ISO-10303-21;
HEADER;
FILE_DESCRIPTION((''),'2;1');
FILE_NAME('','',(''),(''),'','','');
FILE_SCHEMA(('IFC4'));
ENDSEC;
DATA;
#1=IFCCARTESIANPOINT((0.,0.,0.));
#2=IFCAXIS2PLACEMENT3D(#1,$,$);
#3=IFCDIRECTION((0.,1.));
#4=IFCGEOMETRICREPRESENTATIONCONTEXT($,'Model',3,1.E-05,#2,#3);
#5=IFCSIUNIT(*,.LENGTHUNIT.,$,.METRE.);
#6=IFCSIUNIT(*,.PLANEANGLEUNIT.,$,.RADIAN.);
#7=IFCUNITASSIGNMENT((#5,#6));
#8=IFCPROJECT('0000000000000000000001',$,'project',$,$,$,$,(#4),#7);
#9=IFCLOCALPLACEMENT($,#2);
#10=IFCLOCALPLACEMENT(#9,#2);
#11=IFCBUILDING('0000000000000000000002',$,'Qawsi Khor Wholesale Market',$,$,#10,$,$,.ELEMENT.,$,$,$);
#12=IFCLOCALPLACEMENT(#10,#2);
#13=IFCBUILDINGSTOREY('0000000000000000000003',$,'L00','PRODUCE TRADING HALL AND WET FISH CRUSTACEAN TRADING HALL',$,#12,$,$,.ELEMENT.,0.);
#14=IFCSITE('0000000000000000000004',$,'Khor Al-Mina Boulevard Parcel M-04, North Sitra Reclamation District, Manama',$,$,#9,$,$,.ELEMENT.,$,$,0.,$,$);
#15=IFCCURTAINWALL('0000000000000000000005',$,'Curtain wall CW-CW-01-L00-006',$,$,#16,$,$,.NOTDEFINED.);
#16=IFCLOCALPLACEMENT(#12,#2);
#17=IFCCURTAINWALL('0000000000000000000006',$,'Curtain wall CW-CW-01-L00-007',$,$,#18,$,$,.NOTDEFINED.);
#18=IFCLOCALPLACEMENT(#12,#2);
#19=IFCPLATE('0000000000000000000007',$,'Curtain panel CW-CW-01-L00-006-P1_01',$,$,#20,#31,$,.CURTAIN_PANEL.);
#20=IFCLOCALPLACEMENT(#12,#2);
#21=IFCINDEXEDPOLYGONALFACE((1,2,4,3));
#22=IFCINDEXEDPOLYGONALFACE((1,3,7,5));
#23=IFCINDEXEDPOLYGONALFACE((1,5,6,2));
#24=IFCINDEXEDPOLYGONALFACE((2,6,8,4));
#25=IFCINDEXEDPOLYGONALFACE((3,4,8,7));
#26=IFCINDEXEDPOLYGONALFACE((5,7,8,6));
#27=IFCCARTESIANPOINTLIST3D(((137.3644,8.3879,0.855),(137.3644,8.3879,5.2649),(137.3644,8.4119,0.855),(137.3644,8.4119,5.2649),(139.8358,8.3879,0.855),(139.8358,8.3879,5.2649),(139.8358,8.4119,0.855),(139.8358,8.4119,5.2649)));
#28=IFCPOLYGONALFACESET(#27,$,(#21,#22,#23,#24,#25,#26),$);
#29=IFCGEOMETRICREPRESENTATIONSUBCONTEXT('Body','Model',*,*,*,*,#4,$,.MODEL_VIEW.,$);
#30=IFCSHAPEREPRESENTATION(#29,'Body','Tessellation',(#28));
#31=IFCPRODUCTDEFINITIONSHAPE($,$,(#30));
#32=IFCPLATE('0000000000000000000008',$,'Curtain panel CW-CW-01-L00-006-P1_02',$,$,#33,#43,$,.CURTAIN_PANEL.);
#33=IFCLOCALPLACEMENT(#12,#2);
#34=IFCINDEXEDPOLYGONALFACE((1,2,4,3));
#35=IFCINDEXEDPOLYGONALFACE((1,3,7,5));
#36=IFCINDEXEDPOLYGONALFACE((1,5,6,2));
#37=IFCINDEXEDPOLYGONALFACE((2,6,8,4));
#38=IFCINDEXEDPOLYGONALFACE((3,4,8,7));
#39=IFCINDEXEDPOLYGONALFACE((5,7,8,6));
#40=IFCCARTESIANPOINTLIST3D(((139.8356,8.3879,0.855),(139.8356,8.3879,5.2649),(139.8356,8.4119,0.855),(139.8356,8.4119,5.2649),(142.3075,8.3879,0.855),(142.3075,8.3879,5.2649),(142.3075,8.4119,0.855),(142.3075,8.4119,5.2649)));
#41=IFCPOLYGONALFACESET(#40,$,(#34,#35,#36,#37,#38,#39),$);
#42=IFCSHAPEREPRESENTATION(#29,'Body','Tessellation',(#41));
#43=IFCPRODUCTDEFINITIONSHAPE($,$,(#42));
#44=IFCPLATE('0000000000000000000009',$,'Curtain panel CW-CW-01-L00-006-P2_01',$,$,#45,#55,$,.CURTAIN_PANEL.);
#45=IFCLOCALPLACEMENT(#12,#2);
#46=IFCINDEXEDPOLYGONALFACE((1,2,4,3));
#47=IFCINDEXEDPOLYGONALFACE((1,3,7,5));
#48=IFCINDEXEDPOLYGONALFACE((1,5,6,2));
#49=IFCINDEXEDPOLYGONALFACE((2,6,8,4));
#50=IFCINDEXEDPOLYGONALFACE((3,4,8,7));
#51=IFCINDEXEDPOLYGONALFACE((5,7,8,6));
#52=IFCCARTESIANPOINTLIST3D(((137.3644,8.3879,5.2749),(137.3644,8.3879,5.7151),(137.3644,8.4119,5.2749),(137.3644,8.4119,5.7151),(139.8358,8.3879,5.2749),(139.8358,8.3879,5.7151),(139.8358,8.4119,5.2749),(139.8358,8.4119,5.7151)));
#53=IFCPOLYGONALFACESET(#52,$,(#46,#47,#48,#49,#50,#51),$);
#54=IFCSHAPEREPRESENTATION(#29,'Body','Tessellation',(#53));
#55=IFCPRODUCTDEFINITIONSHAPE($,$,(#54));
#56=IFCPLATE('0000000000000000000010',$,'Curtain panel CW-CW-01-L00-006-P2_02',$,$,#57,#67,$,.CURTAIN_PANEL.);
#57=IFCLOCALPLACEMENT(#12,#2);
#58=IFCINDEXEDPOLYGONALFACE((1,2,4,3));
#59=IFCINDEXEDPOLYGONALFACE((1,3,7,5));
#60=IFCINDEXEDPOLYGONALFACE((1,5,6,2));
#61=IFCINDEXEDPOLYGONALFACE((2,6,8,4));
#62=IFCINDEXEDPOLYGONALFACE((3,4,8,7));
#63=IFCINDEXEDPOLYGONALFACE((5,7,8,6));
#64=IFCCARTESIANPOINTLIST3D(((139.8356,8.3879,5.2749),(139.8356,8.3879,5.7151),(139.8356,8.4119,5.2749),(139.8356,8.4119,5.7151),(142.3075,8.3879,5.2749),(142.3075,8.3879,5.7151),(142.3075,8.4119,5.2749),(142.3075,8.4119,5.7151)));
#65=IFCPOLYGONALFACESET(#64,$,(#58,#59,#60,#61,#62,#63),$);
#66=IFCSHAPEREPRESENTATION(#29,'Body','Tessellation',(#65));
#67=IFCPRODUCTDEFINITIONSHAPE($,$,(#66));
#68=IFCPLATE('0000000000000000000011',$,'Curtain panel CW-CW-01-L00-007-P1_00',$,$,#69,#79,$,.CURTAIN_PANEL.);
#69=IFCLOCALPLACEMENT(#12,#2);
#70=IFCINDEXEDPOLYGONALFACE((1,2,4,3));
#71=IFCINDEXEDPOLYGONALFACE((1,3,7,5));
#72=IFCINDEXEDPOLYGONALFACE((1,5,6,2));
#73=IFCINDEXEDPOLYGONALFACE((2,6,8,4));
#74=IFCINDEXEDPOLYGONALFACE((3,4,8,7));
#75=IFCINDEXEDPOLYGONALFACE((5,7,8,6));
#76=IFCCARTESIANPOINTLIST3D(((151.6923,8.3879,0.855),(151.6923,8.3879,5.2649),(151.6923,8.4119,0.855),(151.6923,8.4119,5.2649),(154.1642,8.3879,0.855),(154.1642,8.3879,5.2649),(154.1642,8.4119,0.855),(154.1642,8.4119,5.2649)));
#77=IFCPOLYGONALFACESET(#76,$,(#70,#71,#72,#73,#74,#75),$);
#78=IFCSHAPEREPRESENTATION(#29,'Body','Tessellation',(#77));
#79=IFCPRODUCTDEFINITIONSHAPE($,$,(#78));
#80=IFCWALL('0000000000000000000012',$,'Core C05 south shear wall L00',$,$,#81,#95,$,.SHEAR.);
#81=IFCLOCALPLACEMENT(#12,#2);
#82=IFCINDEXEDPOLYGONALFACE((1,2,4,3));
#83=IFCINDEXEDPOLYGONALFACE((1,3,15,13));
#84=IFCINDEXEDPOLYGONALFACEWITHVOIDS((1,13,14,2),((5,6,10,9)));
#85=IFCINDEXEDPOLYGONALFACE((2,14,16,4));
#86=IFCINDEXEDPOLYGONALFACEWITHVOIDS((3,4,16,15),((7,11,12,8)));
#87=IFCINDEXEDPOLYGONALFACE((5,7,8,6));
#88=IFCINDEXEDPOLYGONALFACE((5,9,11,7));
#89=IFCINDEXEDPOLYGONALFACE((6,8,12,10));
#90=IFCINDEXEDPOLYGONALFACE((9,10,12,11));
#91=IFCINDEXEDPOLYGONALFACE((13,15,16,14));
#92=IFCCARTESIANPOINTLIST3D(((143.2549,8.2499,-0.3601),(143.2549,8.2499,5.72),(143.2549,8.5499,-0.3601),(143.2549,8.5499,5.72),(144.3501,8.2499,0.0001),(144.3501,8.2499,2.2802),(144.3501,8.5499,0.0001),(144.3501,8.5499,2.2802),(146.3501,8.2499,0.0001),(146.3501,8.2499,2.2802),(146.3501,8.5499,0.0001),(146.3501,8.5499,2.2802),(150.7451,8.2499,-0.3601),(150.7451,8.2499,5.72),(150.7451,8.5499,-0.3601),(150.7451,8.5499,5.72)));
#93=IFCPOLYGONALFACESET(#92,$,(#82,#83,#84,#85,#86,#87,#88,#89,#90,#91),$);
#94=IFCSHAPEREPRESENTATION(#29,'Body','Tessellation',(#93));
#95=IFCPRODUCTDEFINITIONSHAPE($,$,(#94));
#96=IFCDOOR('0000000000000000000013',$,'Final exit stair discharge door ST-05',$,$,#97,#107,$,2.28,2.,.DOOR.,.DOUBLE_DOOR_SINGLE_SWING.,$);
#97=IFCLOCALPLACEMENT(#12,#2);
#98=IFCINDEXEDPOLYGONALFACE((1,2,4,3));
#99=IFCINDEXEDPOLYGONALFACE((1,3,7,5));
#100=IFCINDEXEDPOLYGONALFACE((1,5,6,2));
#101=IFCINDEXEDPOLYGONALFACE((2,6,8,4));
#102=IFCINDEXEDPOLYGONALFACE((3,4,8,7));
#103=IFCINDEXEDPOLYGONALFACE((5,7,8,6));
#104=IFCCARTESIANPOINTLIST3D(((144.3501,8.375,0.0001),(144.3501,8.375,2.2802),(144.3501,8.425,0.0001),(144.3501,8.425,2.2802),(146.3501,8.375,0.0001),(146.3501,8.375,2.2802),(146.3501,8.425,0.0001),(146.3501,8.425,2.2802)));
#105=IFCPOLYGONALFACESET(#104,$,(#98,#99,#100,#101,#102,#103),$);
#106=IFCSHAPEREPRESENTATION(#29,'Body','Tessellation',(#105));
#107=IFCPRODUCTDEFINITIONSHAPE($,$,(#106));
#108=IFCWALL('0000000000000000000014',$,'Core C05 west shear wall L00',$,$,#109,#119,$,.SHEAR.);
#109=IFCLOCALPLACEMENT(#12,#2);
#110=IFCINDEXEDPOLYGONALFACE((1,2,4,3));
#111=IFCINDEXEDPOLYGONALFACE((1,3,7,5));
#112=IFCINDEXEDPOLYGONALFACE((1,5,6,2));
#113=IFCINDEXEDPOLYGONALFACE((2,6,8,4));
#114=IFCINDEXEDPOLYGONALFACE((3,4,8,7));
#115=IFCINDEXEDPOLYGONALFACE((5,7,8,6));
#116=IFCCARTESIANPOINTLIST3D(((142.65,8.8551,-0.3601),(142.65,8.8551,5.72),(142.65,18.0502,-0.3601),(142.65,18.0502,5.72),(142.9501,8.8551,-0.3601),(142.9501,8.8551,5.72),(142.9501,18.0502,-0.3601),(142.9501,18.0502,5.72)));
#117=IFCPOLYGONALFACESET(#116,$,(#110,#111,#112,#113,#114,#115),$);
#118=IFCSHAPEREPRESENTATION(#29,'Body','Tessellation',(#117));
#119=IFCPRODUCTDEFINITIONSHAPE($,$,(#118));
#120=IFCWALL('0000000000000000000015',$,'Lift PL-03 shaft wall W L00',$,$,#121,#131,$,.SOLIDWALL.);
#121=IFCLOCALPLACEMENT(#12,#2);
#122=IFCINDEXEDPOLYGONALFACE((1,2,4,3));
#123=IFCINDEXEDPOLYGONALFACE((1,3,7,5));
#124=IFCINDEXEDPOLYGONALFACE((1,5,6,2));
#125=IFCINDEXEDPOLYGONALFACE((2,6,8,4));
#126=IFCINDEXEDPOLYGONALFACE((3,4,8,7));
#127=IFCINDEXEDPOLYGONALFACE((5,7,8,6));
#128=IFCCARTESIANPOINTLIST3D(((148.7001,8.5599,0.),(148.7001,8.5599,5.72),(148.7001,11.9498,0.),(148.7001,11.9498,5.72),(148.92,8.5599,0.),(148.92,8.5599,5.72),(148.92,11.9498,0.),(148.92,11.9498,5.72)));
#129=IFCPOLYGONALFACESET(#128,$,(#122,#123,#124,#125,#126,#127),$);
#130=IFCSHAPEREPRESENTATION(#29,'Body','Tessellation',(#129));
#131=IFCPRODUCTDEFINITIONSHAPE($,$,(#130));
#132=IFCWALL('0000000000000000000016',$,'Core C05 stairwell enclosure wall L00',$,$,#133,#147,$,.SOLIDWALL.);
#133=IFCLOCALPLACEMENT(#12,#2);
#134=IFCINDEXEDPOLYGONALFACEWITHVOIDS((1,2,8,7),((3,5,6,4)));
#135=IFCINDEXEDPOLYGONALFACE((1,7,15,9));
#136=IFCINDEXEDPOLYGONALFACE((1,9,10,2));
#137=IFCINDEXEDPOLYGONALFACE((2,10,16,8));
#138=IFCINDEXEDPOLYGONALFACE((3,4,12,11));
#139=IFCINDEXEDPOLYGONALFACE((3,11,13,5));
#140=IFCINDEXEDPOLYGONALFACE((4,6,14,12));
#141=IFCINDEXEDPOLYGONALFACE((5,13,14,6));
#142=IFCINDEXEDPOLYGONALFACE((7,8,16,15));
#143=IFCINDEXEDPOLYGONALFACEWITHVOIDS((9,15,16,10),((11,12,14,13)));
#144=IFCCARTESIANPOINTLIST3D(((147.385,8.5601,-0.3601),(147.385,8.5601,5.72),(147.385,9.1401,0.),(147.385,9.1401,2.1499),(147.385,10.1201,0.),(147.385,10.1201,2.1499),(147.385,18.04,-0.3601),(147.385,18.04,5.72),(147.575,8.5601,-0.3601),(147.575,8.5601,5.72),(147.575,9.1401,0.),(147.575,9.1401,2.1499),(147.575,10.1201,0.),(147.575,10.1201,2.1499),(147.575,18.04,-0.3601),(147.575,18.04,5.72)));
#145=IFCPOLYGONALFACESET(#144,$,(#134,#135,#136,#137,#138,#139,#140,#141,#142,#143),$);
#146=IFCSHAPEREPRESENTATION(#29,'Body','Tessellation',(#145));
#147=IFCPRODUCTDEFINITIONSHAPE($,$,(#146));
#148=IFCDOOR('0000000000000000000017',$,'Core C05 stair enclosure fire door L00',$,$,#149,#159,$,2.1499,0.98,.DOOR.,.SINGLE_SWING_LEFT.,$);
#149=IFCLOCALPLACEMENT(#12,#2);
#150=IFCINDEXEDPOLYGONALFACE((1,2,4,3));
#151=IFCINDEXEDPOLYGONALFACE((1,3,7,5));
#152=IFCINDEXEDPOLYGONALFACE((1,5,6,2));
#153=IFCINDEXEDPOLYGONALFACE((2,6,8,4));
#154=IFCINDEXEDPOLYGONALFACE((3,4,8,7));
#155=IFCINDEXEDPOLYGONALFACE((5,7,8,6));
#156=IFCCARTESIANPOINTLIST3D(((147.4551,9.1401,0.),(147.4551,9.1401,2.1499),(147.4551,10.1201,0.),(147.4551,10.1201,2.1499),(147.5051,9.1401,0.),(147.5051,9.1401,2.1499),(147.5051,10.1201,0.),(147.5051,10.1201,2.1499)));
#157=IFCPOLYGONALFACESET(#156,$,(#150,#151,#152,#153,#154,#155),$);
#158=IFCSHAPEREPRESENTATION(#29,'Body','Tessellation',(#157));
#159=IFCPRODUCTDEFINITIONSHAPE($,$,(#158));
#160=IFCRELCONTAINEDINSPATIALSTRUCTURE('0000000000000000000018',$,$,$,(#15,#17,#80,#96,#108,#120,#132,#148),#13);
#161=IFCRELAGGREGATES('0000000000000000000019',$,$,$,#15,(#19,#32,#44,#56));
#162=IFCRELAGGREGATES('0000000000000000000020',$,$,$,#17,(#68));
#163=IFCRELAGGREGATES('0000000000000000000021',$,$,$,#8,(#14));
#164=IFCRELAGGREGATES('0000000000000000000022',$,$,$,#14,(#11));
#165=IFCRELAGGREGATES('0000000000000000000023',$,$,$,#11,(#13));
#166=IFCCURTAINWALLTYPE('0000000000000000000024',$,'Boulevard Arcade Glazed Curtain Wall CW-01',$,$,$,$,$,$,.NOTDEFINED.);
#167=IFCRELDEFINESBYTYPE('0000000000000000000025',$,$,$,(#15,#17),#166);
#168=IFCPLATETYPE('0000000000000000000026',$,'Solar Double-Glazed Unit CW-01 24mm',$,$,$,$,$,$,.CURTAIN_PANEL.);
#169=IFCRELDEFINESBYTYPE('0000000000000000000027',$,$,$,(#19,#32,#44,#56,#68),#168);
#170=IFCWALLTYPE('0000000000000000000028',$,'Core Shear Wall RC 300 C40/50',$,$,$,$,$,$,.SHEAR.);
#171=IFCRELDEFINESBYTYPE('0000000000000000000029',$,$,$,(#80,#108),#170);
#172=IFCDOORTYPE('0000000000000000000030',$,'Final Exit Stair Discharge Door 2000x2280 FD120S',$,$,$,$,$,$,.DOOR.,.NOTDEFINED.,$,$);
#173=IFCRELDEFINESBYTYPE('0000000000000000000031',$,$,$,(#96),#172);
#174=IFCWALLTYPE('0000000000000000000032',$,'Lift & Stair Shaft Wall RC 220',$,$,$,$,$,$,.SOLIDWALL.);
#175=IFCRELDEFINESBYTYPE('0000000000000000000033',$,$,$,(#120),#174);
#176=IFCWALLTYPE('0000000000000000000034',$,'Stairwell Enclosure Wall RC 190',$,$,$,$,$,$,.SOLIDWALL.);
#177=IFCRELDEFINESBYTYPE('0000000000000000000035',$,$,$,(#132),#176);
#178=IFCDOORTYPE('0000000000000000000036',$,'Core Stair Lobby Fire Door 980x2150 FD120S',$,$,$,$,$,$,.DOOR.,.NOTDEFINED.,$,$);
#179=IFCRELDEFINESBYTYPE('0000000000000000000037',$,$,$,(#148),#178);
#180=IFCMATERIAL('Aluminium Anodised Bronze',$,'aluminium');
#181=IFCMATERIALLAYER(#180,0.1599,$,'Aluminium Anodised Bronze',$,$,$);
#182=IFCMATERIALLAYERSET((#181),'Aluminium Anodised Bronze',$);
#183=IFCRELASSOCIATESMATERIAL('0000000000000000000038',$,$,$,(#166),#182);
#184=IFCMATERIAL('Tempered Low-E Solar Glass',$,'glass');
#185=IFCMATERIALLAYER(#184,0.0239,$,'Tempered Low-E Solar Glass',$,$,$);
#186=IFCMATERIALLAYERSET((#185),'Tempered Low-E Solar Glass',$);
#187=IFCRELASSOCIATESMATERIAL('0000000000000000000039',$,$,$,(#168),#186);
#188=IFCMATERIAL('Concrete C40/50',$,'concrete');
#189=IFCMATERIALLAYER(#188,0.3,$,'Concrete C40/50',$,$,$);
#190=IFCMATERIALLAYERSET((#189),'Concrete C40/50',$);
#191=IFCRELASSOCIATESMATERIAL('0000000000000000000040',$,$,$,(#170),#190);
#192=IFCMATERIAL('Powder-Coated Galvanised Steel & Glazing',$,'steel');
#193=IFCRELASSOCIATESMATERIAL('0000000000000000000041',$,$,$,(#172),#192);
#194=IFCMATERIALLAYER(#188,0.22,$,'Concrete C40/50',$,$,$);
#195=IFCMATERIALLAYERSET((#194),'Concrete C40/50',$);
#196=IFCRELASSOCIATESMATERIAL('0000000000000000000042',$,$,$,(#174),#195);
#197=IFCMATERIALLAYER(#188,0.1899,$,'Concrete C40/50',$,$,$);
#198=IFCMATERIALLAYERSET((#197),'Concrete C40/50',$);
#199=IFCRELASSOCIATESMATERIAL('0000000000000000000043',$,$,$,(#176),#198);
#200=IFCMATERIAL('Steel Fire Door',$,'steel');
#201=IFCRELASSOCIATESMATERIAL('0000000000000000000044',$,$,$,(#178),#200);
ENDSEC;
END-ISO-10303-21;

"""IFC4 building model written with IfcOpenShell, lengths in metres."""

from ifc_helpers import new_model, si_unit, direction, frame, frame_2d, origin, place, context, subcontext, project, spatial, rectangle, extrude, material, layer, layer_set, type_object, element, fill, aggregate, save


model = new_model("IFC4")

# Units and contexts
model_context = context("Model", 3, precision=1e-05, world=origin(), true_north=direction((0.0, 1.0)))
body_context = subcontext(model_context, "Body", "Model", "MODEL_VIEW")
ifc_project = project(units=[si_unit("LENGTHUNIT", "METRE"), si_unit("PLANEANGLEUNIT", "RADIAN")], contexts=[model_context])

# Site, building, storey
site_placement = place(None, origin())
site = spatial("IfcSite", under=ifc_project, at=site_placement, Name="Khor Al-Mina Boulevard Parcel M-04, North Sitra Reclamation District, Manama", CompositionType="ELEMENT", RefElevation=0.0)
building_placement = place(site_placement, origin())
building = spatial("IfcBuilding", under=site, at=building_placement, Name="Qawsi Khor Wholesale Market", CompositionType="ELEMENT")
storey_placement = place(building_placement, origin())
storey = spatial("IfcBuildingStorey", under=building, at=storey_placement, Name="L00", Description="PRODUCE TRADING HALL AND WET FISH CRUSTACEAN TRADING HALL", CompositionType="ELEMENT", Elevation=0.0)

# Shared definitions
ifc_material_1 = material(Name="Concrete C40/50", Category="concrete")

# Curtain wall
ifc_material_2 = material(Name="Aluminium Anodised Bronze", Category="aluminium")
ifc_layer_1 = layer(ifc_material_2, 0.1599, Name="Aluminium Anodised Bronze")
ifc_layer_set_1 = layer_set([ifc_layer_1], Name="Aluminium Anodised Bronze")
curtain_wall_type = type_object("IfcCurtainWallType", Name="Boulevard Arcade Glazed Curtain Wall CW-01", PredefinedType="NOTDEFINED", material=ifc_layer_set_1)
curtain_wall_1_placement = place(storey_placement, origin())
curtain_wall_1 = element("IfcCurtainWall", 1, at=curtain_wall_1_placement, inside=storey, type_object=curtain_wall_type, Name="Curtain wall CW-CW-01-L00-006", PredefinedType="NOTDEFINED")

# Curtain wall
curtain_wall_2_placement = place(storey_placement, origin())
curtain_wall_2 = element("IfcCurtainWall", 2, at=curtain_wall_2_placement, inside=storey, type_object=curtain_wall_type, Name="Curtain wall CW-CW-01-L00-007", PredefinedType="NOTDEFINED")

# Plates
ifc_material_3 = material(Name="Tempered Low-E Solar Glass", Category="glass")
ifc_layer_2 = layer(ifc_material_3, 0.0239, Name="Tempered Low-E Solar Glass")
ifc_layer_set_2 = layer_set([ifc_layer_2], Name="Tempered Low-E Solar Glass")
plate_type_1 = type_object("IfcPlateType", Name="Solar Double-Glazed Unit CW-01 24mm", PredefinedType="CURTAIN_PANEL", material=ifc_layer_set_2)
plate_1_placement = place(storey_placement, frame((137.3643, 8.3999, 0.855), z_axis=(0.0, 0.0, 1.0), x_axis=(1.0, 0.0, 0.0)))
plate_1 = element("IfcPlate", 3, at=plate_1_placement, type_object=plate_type_1, Name="Curtain panel CW-CW-01-L00-006-P1_01", PredefinedType="CURTAIN_PANEL", context=body_context, shape_type="SweptSolid", body=[
    extrude(rectangle(XDim=2.4714, YDim=0.0239, at=frame_2d((1.2358, 0.0))), origin(), (0.0, 0.0, 1.0), 4.4099),
])
plate_2_placement = place(storey_placement, frame((139.8357, 8.3999, 0.855), z_axis=(0.0, 0.0, 1.0), x_axis=(1.0, 0.0, 0.0)))
plate_2 = element("IfcPlate", 4, at=plate_2_placement, type_object=plate_type_1, Name="Curtain panel CW-CW-01-L00-006-P1_02", PredefinedType="CURTAIN_PANEL", context=body_context, shape_type="SweptSolid", body=[
    extrude(rectangle(XDim=2.4719, YDim=0.0239, at=frame_2d((1.2358, 0.0))), origin(), (0.0, 0.0, 1.0), 4.4099),
])
plate_3_placement = place(storey_placement, frame((137.3643, 8.3999, 5.2749), z_axis=(0.0, 0.0, 1.0), x_axis=(1.0, 0.0, 0.0)))
plate_3 = element("IfcPlate", 5, at=plate_3_placement, type_object=plate_type_1, Name="Curtain panel CW-CW-01-L00-006-P2_01", PredefinedType="CURTAIN_PANEL", context=body_context, shape_type="SweptSolid", body=[
    extrude(rectangle(XDim=2.4714, YDim=0.0239, at=frame_2d((1.2358, 0.0))), origin(), (0.0, 0.0, 1.0), 0.4402),
])
plate_4_placement = place(storey_placement, frame((139.8357, 8.3999, 5.2749), z_axis=(0.0, 0.0, 1.0), x_axis=(1.0, 0.0, 0.0)))
plate_4 = element("IfcPlate", 6, at=plate_4_placement, type_object=plate_type_1, Name="Curtain panel CW-CW-01-L00-006-P2_02", PredefinedType="CURTAIN_PANEL", context=body_context, shape_type="SweptSolid", body=[
    extrude(rectangle(XDim=2.4719, YDim=0.0239, at=frame_2d((1.2358, 0.0))), origin(), (0.0, 0.0, 1.0), 0.4402),
])
aggregate(curtain_wall_1, [plate_1, plate_2, plate_3, plate_4])
plate_5_placement = place(storey_placement, frame((151.6924, 8.3999, 0.855), z_axis=(0.0, 0.0, 1.0), x_axis=(1.0, 0.0, 0.0)))
plate_5 = element("IfcPlate", 7, at=plate_5_placement, type_object=plate_type_1, Name="Curtain panel CW-CW-01-L00-007-P1_00", PredefinedType="CURTAIN_PANEL", context=body_context, shape_type="SweptSolid", body=[
    extrude(rectangle(XDim=2.4719, YDim=0.0239, at=frame_2d((1.2358, 0.0))), origin(), (0.0, 0.0, 1.0), 4.4099),
])
aggregate(curtain_wall_2, [plate_5])

# Wall, opening, door
ifc_layer_3 = layer(ifc_material_1, 0.3, Name="Concrete C40/50")
ifc_layer_set_3 = layer_set([ifc_layer_3], Name="Concrete C40/50")
wall_type_1 = type_object("IfcWallType", Name="Core Shear Wall RC 300 C40/50", PredefinedType="SHEAR", material=ifc_layer_set_3)
wall_1_placement = place(storey_placement, frame((150.7451, 8.3999, -0.3601), z_axis=(0.0, 0.0, 1.0), x_axis=(-1.0, 0.0, 0.0)))
wall_1 = element("IfcWall", 8, at=wall_1_placement, inside=storey, type_object=wall_type_1, Name="Core C05 south shear wall L00", PredefinedType="SHEAR", context=body_context, shape_type="SweptSolid", body=[
    extrude(rectangle(XDim=7.4902, YDim=0.3, at=frame_2d((3.7451, 0.0))), origin(), (0.0, 0.0, 1.0), 6.0801),
])
opening_1_placement = place(wall_1_placement, frame((4.395, 0.0, 0.3601)))
opening_1 = element("IfcOpeningElement", 9, at=opening_1_placement, cuts=wall_1, PredefinedType="OPENING", context=body_context, shape_type="SweptSolid", body=[
    extrude(rectangle(XDim=2.0, YDim=2.28, at=frame_2d((1.0, 1.1401))), frame((0.0, 0.1599, 0.0), z_axis=(0.0, -1.0, 0.0), x_axis=(1.0, 0.0, 0.0)), (0.0, 0.0, 1.0), 0.3201),
])
ifc_material_4 = material(Name="Powder-Coated Galvanised Steel & Glazing", Category="steel")
door_type_1 = type_object("IfcDoorType", Name="Final Exit Stair Discharge Door 2000x2280 FD120S", OperationType="NOTDEFINED", PredefinedType="DOOR", material=ifc_material_4)
door_1_placement = place(opening_1_placement, origin())
door_1 = element("IfcDoor", 10, at=door_1_placement, inside=storey, type_object=door_type_1, Name="Final exit stair discharge door ST-05", OperationType="DOUBLE_DOOR_SINGLE_SWING", OverallHeight=2.28, OverallWidth=2.0, PredefinedType="DOOR", context=body_context, shape_type="SweptSolid", body=[
    extrude(rectangle(XDim=2.0, YDim=2.28, at=frame_2d((1.0, 1.1401))), frame((0.0, 0.0249, 0.0), z_axis=(0.0, -1.0, 0.0), x_axis=(1.0, 0.0, 0.0)), (0.0, 0.0, 1.0), 0.05),
])
fill(opening_1, door_1)

# Walls
wall_2_placement = place(storey_placement, frame((142.8, 8.855, -0.3601), z_axis=(0.0, 0.0, 1.0), x_axis=(0.0, 1.0, 0.0)))
element("IfcWall", 11, at=wall_2_placement, inside=storey, type_object=wall_type_1, Name="Core C05 west shear wall L00", PredefinedType="SHEAR", context=body_context, shape_type="SweptSolid", body=[
    extrude(rectangle(XDim=9.1951, YDim=0.3, at=frame_2d((4.5977, 0.0))), origin(), (0.0, 0.0, 1.0), 6.0801),
])
ifc_layer_4 = layer(ifc_material_1, 0.22, Name="Concrete C40/50")
ifc_layer_set_4 = layer_set([ifc_layer_4], Name="Concrete C40/50")
wall_type_2 = type_object("IfcWallType", Name="Lift & Stair Shaft Wall RC 220", PredefinedType="SOLIDWALL", material=ifc_layer_set_4)
wall_3_placement = place(storey_placement, frame((148.8101, 8.5601, 0.0), z_axis=(0.0, 0.0, 1.0), x_axis=(0.0, 1.0, 0.0)))
element("IfcWall", 12, at=wall_3_placement, inside=storey, type_object=wall_type_2, Name="Lift PL-03 shaft wall W L00", PredefinedType="SOLIDWALL", context=body_context, shape_type="SweptSolid", body=[
    extrude(rectangle(XDim=3.3899, YDim=0.22, at=frame_2d((1.6948, 0.0))), origin(), (0.0, 0.0, 1.0), 5.72),
])

# Wall, opening, door
ifc_layer_5 = layer(ifc_material_1, 0.1899, Name="Concrete C40/50")
ifc_layer_set_5 = layer_set([ifc_layer_5], Name="Concrete C40/50")
wall_type_3 = type_object("IfcWallType", Name="Stairwell Enclosure Wall RC 190", PredefinedType="SOLIDWALL", material=ifc_layer_set_5)
wall_4_placement = place(storey_placement, frame((147.48, 8.5601, -0.3601), z_axis=(0.0, 0.0, 1.0), x_axis=(0.0, 1.0, 0.0)))
wall_4 = element("IfcWall", 13, at=wall_4_placement, inside=storey, type_object=wall_type_3, Name="Core C05 stairwell enclosure wall L00", PredefinedType="SOLIDWALL", context=body_context, shape_type="SweptSolid", body=[
    extrude(rectangle(XDim=9.48, YDim=0.1899, at=frame_2d((4.74, 0.0))), origin(), (0.0, 0.0, 1.0), 6.0801),
])
opening_2_placement = place(wall_4_placement, frame((0.5801, 0.0, 0.3601)))
opening_2 = element("IfcOpeningElement", 14, at=opening_2_placement, cuts=wall_4, PredefinedType="OPENING", context=body_context, shape_type="SweptSolid", body=[
    extrude(rectangle(XDim=0.98, YDim=2.1499, at=frame_2d((0.49, 1.075))), frame((0.0, 0.105, 0.0), z_axis=(0.0, -1.0, 0.0), x_axis=(1.0, 0.0, 0.0)), (0.0, 0.0, 1.0), 0.21),
])
ifc_material_5 = material(Name="Steel Fire Door", Category="steel")
door_type_2 = type_object("IfcDoorType", Name="Core Stair Lobby Fire Door 980x2150 FD120S", OperationType="NOTDEFINED", PredefinedType="DOOR", material=ifc_material_5)
door_2_placement = place(opening_2_placement, origin())
door_2 = element("IfcDoor", 15, at=door_2_placement, inside=storey, type_object=door_type_2, Name="Core C05 stair enclosure fire door L00", OperationType="SINGLE_SWING_LEFT", OverallHeight=2.1499, OverallWidth=0.98, PredefinedType="DOOR", context=body_context, shape_type="SweptSolid", body=[
    extrude(rectangle(XDim=0.98, YDim=2.1499, at=frame_2d((0.49, 1.075))), frame((0.0, 0.0249, 0.0), z_axis=(0.0, -1.0, 0.0), x_axis=(1.0, 0.0, 0.0)), (0.0, 0.0, 1.0), 0.05),
])
fill(opening_2, door_2)

save(model, "model.ifc")
